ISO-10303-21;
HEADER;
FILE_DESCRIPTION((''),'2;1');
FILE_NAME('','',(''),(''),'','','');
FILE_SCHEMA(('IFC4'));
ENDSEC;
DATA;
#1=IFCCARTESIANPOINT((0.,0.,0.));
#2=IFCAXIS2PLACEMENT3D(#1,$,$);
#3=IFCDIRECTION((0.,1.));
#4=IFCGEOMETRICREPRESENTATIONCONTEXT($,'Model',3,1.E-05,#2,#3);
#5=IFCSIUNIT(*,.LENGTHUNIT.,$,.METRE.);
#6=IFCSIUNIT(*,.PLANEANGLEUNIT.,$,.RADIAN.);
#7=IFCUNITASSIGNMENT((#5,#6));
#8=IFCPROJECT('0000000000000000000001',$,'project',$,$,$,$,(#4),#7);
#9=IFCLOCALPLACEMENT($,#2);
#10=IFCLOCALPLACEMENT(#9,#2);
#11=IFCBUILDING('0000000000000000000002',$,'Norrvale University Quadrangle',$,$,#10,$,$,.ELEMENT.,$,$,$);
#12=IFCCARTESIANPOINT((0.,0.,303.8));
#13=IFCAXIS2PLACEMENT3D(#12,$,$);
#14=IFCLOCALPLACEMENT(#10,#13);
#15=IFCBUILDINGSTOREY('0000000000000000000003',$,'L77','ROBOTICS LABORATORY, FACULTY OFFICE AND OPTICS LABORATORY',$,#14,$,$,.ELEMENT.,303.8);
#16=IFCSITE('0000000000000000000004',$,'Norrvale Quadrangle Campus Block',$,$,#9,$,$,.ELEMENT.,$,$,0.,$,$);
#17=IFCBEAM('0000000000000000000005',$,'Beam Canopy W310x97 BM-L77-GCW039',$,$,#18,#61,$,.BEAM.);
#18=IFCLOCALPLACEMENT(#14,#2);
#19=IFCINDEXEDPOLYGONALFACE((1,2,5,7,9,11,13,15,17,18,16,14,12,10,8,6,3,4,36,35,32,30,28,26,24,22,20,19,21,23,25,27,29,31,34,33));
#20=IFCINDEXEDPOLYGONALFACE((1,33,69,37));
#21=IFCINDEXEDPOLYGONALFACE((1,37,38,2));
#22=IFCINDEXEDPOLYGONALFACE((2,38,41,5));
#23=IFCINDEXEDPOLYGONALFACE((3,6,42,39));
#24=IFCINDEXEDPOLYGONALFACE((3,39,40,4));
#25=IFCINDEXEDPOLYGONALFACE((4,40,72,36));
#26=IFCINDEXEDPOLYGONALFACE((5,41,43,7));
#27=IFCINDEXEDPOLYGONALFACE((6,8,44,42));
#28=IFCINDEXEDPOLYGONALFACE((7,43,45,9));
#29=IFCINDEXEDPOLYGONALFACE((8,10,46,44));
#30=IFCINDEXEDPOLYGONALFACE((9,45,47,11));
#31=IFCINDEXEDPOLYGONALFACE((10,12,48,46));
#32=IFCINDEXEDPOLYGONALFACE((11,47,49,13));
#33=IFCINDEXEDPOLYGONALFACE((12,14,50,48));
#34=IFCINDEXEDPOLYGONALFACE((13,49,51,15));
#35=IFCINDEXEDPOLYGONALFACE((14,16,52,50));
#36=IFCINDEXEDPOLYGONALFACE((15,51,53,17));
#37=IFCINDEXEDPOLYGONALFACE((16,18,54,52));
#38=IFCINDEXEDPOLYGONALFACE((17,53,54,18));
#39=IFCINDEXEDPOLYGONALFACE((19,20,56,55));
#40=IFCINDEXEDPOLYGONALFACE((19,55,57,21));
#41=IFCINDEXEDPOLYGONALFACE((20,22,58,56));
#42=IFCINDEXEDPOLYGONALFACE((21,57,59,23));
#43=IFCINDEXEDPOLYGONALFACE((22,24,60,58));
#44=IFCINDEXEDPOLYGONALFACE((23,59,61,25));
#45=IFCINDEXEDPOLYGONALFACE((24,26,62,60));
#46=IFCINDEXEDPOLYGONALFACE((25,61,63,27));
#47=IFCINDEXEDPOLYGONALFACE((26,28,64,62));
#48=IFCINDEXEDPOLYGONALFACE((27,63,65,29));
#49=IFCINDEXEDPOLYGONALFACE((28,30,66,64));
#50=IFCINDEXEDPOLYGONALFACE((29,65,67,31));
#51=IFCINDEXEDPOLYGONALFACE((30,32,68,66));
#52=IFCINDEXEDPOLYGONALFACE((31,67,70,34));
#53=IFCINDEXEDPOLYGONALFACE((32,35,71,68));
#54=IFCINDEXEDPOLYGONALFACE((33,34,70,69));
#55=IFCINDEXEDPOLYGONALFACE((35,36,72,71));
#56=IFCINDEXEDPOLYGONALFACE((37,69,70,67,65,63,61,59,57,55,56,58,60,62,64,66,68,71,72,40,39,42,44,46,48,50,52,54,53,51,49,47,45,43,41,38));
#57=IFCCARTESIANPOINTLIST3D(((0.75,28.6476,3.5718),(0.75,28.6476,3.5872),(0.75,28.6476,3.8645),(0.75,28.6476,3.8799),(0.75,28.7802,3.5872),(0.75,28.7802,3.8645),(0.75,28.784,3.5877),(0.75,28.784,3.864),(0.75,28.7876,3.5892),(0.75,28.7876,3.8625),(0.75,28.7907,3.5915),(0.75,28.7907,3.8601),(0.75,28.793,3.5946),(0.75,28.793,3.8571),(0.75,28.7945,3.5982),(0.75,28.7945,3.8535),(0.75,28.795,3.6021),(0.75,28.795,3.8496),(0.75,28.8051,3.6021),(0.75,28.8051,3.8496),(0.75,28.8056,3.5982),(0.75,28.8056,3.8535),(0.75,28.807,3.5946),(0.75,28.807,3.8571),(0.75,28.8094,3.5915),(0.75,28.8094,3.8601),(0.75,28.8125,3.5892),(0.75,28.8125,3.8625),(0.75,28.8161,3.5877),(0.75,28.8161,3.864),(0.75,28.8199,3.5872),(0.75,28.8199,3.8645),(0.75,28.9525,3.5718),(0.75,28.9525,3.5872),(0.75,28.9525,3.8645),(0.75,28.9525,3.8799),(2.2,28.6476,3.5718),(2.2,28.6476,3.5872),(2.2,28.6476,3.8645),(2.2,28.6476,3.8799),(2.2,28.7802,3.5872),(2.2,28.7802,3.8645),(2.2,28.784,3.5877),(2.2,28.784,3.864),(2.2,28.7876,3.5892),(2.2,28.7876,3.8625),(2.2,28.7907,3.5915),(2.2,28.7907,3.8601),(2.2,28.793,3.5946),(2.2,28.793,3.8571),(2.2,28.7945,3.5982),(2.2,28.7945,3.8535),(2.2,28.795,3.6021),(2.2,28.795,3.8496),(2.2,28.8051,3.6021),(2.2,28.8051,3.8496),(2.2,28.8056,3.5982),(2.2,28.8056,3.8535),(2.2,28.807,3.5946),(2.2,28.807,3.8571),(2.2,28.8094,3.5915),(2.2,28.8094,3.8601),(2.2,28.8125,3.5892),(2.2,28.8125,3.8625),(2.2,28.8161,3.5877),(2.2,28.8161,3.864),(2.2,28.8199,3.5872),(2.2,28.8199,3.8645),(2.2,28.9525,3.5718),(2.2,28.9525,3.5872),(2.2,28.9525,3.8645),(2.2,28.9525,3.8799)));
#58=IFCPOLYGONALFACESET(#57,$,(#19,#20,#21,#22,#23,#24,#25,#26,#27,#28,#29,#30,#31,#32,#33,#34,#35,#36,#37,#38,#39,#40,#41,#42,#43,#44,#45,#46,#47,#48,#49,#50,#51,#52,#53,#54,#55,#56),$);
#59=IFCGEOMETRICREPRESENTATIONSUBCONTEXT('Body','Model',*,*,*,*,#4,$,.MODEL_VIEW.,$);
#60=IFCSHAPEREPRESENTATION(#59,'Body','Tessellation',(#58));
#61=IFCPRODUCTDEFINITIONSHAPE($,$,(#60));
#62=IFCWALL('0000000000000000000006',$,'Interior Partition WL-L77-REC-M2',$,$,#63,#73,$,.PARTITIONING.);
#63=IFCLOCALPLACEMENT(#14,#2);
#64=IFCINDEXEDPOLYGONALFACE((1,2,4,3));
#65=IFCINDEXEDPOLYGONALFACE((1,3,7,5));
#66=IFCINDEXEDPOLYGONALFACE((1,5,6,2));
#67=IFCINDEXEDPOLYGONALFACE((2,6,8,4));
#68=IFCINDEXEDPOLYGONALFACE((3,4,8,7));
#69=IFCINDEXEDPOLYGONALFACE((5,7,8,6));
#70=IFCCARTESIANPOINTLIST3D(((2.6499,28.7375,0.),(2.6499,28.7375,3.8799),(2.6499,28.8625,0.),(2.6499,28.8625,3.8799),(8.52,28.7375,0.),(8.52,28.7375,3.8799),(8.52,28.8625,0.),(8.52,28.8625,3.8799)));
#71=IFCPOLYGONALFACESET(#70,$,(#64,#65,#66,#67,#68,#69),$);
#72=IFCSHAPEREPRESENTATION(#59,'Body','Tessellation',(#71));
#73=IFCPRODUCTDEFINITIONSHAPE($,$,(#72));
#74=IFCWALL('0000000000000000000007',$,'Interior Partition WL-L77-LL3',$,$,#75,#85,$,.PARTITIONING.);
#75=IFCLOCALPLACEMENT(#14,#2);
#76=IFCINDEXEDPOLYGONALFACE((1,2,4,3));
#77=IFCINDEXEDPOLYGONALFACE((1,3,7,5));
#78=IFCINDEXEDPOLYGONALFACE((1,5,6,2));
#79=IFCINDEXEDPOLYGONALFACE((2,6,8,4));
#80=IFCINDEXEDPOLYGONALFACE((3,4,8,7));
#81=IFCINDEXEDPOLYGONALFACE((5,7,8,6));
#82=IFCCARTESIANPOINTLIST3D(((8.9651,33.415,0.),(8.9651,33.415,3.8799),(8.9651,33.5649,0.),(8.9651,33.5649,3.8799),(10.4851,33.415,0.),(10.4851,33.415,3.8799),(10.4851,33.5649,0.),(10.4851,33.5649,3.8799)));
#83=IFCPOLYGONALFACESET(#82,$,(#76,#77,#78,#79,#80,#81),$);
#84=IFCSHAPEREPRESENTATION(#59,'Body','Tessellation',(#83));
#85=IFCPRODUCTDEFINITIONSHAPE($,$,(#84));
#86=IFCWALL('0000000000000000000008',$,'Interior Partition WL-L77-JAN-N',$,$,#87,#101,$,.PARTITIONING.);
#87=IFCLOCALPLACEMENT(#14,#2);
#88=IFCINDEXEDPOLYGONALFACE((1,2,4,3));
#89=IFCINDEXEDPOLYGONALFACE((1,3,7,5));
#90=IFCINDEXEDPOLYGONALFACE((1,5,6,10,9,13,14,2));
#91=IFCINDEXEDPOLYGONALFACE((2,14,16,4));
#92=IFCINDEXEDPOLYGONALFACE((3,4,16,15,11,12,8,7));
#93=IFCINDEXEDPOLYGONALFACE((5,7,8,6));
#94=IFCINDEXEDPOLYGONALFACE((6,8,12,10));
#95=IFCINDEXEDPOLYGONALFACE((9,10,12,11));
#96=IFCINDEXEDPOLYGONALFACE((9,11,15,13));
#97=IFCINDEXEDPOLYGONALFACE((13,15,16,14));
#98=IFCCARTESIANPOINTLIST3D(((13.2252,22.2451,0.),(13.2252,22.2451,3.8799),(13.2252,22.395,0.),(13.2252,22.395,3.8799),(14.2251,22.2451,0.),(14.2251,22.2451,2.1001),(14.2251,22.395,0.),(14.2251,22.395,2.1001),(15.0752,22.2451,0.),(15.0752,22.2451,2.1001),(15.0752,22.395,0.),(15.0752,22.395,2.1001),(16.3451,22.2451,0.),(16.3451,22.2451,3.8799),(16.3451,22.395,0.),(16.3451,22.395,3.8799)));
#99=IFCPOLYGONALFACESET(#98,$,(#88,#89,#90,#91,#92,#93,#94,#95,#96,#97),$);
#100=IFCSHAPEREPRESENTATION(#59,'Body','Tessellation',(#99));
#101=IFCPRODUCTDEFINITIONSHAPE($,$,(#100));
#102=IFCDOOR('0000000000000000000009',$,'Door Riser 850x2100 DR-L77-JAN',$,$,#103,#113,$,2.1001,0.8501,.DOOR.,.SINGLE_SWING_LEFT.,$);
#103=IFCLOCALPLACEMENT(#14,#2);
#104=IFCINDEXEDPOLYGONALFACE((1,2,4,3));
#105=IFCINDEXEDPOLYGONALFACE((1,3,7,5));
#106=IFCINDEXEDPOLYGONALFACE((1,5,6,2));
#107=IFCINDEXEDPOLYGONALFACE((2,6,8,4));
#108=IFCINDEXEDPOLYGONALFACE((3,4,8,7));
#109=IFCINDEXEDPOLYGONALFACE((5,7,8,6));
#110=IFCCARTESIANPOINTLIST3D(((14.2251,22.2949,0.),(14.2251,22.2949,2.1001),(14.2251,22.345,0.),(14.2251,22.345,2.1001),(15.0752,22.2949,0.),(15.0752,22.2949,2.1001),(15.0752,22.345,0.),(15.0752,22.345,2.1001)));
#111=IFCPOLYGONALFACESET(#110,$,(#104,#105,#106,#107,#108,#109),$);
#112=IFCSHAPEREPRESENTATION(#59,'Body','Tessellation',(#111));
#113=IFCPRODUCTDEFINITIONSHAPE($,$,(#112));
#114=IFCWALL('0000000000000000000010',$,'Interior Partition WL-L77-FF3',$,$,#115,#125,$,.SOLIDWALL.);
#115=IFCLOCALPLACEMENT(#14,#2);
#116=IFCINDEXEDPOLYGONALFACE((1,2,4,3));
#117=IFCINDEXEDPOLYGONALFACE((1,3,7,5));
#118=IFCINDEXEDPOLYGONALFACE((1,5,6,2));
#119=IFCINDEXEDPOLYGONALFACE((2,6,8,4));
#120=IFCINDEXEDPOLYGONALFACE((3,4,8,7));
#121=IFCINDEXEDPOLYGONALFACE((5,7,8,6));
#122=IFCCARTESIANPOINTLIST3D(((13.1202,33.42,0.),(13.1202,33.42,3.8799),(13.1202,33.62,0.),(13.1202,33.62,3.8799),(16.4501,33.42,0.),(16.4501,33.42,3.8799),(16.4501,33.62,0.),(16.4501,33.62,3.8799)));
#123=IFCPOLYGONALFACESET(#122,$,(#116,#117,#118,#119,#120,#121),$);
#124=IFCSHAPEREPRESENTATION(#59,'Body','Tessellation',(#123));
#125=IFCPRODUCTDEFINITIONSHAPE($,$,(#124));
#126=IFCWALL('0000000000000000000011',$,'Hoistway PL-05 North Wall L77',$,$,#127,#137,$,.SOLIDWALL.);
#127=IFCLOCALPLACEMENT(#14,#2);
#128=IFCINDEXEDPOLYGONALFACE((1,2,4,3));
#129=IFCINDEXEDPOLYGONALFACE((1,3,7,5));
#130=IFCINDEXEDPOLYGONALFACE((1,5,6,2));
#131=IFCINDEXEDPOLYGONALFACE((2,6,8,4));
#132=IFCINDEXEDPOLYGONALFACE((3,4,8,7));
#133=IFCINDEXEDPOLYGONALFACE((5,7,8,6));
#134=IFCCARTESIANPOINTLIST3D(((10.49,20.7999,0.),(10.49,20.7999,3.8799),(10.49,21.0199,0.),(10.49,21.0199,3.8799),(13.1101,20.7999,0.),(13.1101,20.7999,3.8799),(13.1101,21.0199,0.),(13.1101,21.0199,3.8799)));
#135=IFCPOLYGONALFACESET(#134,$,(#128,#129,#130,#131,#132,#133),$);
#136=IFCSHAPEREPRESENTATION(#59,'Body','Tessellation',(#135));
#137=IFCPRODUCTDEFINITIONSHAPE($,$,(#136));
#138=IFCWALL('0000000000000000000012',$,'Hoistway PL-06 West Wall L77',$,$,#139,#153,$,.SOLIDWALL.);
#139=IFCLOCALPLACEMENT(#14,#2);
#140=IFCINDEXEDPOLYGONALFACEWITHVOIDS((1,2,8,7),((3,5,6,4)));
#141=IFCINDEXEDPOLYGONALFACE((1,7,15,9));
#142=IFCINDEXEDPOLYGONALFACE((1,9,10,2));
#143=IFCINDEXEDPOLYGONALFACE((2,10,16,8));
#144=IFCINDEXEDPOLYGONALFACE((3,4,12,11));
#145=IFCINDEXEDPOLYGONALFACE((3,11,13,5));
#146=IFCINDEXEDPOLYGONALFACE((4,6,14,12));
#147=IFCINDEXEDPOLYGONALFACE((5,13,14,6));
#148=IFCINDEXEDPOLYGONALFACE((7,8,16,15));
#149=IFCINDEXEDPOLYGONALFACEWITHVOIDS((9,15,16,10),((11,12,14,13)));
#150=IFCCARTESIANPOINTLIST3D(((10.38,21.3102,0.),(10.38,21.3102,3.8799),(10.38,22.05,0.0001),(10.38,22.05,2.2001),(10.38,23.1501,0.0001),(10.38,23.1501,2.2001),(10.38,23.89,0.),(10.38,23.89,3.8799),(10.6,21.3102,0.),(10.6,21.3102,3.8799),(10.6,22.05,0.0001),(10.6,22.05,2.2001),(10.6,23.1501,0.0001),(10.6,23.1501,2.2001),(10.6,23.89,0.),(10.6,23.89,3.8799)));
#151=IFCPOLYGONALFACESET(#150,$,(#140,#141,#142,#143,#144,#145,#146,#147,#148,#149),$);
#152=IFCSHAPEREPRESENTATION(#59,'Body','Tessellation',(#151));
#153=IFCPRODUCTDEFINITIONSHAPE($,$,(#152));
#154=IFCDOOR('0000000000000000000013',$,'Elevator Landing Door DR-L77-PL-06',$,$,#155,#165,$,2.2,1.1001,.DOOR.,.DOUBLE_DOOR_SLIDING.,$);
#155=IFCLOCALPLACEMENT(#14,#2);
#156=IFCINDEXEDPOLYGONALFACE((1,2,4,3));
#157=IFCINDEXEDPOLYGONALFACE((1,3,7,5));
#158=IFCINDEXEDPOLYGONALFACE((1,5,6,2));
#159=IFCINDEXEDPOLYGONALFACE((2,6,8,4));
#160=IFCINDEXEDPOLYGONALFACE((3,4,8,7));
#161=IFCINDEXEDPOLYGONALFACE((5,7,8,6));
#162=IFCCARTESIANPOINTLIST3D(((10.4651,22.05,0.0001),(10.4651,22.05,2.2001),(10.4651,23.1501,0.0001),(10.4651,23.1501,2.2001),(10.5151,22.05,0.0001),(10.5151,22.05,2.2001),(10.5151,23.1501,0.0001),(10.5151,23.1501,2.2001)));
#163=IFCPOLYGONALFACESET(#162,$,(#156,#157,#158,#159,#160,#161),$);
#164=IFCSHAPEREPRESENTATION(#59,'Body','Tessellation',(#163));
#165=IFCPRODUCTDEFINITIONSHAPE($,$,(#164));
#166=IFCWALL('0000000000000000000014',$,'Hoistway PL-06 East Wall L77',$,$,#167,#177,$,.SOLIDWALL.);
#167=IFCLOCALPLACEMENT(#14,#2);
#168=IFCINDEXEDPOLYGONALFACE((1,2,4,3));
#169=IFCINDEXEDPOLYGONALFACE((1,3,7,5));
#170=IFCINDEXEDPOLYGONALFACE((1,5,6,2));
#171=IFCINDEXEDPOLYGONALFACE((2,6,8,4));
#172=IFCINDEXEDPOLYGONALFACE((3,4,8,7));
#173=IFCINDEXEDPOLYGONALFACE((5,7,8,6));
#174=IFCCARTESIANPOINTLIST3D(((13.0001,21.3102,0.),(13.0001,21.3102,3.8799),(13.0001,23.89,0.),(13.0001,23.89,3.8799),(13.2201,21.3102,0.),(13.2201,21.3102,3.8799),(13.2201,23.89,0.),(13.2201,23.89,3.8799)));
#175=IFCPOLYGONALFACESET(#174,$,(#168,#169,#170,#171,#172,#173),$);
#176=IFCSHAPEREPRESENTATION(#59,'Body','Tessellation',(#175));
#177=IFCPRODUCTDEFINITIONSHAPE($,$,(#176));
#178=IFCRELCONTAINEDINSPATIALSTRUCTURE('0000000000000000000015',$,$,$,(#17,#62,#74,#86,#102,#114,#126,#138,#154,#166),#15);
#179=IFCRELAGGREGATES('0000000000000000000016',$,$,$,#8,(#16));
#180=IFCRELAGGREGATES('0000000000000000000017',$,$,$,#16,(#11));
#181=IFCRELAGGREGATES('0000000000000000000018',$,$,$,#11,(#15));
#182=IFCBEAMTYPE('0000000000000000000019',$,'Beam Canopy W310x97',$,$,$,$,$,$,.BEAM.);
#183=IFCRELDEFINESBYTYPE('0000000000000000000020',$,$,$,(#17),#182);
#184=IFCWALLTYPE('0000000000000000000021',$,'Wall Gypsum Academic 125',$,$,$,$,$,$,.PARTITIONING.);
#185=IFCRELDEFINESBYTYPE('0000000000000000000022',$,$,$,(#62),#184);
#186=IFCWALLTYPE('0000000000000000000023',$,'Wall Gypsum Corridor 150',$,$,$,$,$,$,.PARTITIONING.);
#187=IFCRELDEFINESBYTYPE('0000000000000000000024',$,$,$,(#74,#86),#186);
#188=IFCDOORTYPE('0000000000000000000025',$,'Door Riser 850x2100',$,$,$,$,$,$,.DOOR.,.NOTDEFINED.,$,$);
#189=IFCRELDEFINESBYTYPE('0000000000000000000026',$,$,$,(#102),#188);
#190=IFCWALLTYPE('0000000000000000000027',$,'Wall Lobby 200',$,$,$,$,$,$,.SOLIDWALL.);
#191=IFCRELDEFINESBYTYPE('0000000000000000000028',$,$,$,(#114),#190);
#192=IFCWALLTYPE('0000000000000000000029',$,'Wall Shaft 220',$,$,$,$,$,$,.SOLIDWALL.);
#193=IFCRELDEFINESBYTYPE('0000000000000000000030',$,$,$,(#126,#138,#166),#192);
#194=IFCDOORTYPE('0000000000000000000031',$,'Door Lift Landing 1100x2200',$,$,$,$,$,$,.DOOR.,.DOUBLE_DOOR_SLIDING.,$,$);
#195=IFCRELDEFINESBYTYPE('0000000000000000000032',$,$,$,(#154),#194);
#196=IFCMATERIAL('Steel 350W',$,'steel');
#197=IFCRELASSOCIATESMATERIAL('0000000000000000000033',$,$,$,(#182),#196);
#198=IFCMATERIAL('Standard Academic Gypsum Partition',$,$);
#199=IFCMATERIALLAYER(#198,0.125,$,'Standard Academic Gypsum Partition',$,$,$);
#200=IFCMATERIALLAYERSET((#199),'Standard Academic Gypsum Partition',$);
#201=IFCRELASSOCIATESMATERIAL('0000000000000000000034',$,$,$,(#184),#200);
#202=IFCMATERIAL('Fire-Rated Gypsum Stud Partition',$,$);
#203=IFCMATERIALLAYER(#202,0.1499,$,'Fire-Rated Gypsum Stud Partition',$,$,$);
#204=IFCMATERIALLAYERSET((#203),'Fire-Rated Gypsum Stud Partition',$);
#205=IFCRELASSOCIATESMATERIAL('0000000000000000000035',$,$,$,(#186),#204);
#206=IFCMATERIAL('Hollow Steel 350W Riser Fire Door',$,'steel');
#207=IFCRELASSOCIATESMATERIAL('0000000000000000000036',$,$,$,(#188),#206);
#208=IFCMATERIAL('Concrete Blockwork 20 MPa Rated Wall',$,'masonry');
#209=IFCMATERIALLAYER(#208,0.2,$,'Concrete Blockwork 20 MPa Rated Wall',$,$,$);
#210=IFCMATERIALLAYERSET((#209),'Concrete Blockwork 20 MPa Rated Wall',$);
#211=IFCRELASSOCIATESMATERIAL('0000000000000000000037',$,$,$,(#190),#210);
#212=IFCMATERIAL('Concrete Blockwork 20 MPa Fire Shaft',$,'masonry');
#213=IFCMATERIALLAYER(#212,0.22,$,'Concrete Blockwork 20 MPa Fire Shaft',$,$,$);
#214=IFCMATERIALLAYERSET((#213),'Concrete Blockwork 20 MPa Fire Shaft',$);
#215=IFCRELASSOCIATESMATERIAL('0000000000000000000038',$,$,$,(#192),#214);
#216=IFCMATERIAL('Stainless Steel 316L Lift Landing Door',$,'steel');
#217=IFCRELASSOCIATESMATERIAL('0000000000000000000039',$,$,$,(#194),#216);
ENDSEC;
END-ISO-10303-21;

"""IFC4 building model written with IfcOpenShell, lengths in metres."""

from ifc_helpers import new_model, si_unit, direction, frame, frame_2d, origin, origin_2d, place, context, subcontext, project, spatial, rectangle, i_section, extrude, material, layer, layer_set, material_profile, profile_set, type_object, element, fill, save


model = new_model("IFC4")

# Units and contexts
model_context = context("Model", 3, precision=1e-05, world=origin(), true_north=direction((0.0, 1.0)))
body_context = subcontext(model_context, "Body", "Model", "MODEL_VIEW")
ifc_project = project(units=[si_unit("LENGTHUNIT", "METRE"), si_unit("PLANEANGLEUNIT", "RADIAN")], contexts=[model_context])

# Site, building, storey
site_placement = place(None, origin())
site = spatial("IfcSite", under=ifc_project, at=site_placement, Name="Norrvale Quadrangle Campus Block", CompositionType="ELEMENT", RefElevation=0.0)
building_placement = place(site_placement, origin())
building = spatial("IfcBuilding", under=site, at=building_placement, Name="Norrvale University Quadrangle", CompositionType="ELEMENT")
storey_placement = place(building_placement, frame((0.0, 0.0, 303.8)))
storey = spatial("IfcBuildingStorey", under=building, at=storey_placement, Name="L77", Description="ROBOTICS LABORATORY, FACULTY OFFICE AND OPTICS LABORATORY", CompositionType="ELEMENT", Elevation=303.8)

# Beam
ifc_material_1 = material(Name="Steel 350W", Category="steel")
ifc_material_profile_1 = material_profile(ifc_material_1, i_section(OverallWidth=0.3049, OverallDepth=0.3081, WebThickness=0.01, FlangeThickness=0.0154, FilletRadius=0.0149, at=origin_2d()), Name="Steel 350W")
ifc_profile_set_1 = profile_set([ifc_material_profile_1], Name="Steel 350W")
beam_type = type_object("IfcBeamType", Name="Beam Canopy W310x97", PredefinedType="BEAM", material=ifc_profile_set_1)
for number, where, z_axis, x_axis, name in (
    (1, (0.75, 28.8, 3.7258), (1.0, 0.0, 0.0), (0.0, 1.0, 0.0), "Beam Canopy W310x97 BM-L77-GCW039"),
):
    element("IfcBeam", number, at=place(storey_placement, frame(where, z_axis=z_axis, x_axis=x_axis)), inside=storey, type_object=beam_type, Name=name, PredefinedType="BEAM", context=body_context, shape_type="SweptSolid", body=[
        extrude(i_section(OverallWidth=0.3049, OverallDepth=0.3081, WebThickness=0.01, FlangeThickness=0.0154, FilletRadius=0.0149, at=origin_2d()), origin(), (0.0, 0.0, 1.0), 1.45),
    ])

# Walls
ifc_material_2 = material(Name="Standard Academic Gypsum Partition")
ifc_layer_1 = layer(ifc_material_2, 0.125, Name="Standard Academic Gypsum Partition")
ifc_layer_set_1 = layer_set([ifc_layer_1], Name="Standard Academic Gypsum Partition")
wall_type_1 = type_object("IfcWallType", Name="Wall Gypsum Academic 125", PredefinedType="PARTITIONING", material=ifc_layer_set_1)
wall_1_placement = place(storey_placement, frame((2.6499, 28.8, 0.0), z_axis=(0.0, 0.0, 1.0), x_axis=(1.0, 0.0, 0.0)))
element("IfcWall", 2, at=wall_1_placement, inside=storey, type_object=wall_type_1, Name="Interior Partition WL-L77-REC-M2", PredefinedType="PARTITIONING", context=body_context, shape_type="SweptSolid", body=[
    extrude(rectangle(XDim=5.8701, YDim=0.125, at=frame_2d((2.9351, 0.0))), origin(), (0.0, 0.0, 1.0), 3.8799),
])
ifc_material_3 = material(Name="Fire-Rated Gypsum Stud Partition")
ifc_layer_2 = layer(ifc_material_3, 0.1499, Name="Fire-Rated Gypsum Stud Partition")
ifc_layer_set_2 = layer_set([ifc_layer_2], Name="Fire-Rated Gypsum Stud Partition")
wall_type_2 = type_object("IfcWallType", Name="Wall Gypsum Corridor 150", PredefinedType="PARTITIONING", material=ifc_layer_set_2)
wall_2_placement = place(storey_placement, frame((8.9651, 33.49, 0.0), z_axis=(0.0, 0.0, 1.0), x_axis=(1.0, 0.0, 0.0)))
element("IfcWall", 3, at=wall_2_placement, inside=storey, type_object=wall_type_2, Name="Interior Partition WL-L77-LL3", PredefinedType="PARTITIONING", context=body_context, shape_type="SweptSolid", body=[
    extrude(rectangle(XDim=1.52, YDim=0.1499, at=frame_2d((0.76, 0.0))), origin(), (0.0, 0.0, 1.0), 3.8799),
])

# Wall, opening, door
wall_3_placement = place(storey_placement, frame((13.2251, 22.3201, 0.0), z_axis=(0.0, 0.0, 1.0), x_axis=(1.0, 0.0, 0.0)))
wall_3 = element("IfcWall", 4, at=wall_3_placement, inside=storey, type_object=wall_type_2, Name="Interior Partition WL-L77-JAN-N", PredefinedType="PARTITIONING", context=body_context, shape_type="SweptSolid", body=[
    extrude(rectangle(XDim=3.1199, YDim=0.1499, at=frame_2d((1.5601, 0.0))), origin(), (0.0, 0.0, 1.0), 3.8799),
])
opening_1_placement = place(wall_3_placement, frame((1.0, 0.0, 0.0)))
opening_1 = element("IfcOpeningElement", 5, at=opening_1_placement, cuts=wall_3, PredefinedType="OPENING", context=body_context, shape_type="SweptSolid", body=[
    extrude(rectangle(XDim=0.8501, YDim=2.1001, at=frame_2d((0.425, 1.05))), frame((0.0, 0.0869, 0.0), z_axis=(0.0, -1.0, 0.0), x_axis=(1.0, 0.0, 0.0)), (0.0, 0.0, 1.0), 0.1738),
])
ifc_material_4 = material(Name="Hollow Steel 350W Riser Fire Door", Category="steel")
door_type_1 = type_object("IfcDoorType", Name="Door Riser 850x2100", OperationType="NOTDEFINED", PredefinedType="DOOR", material=ifc_material_4)
door_1_placement = place(opening_1_placement, origin())
door_1 = element("IfcDoor", 6, at=door_1_placement, inside=storey, type_object=door_type_1, Name="Door Riser 850x2100 DR-L77-JAN", OperationType="SINGLE_SWING_LEFT", OverallHeight=2.1001, OverallWidth=0.8501, PredefinedType="DOOR", context=body_context, shape_type="SweptSolid", body=[
    extrude(rectangle(XDim=0.8501, YDim=2.1001, at=frame_2d((0.425, 1.05))), frame((0.0, 0.0249, 0.0), z_axis=(0.0, -1.0, 0.0), x_axis=(1.0, 0.0, 0.0)), (0.0, 0.0, 1.0), 0.05),
])
fill(opening_1, door_1)

# Walls
ifc_material_5 = material(Name="Concrete Blockwork 20 MPa Rated Wall", Category="masonry")
ifc_layer_3 = layer(ifc_material_5, 0.2, Name="Concrete Blockwork 20 MPa Rated Wall")
ifc_layer_set_3 = layer_set([ifc_layer_3], Name="Concrete Blockwork 20 MPa Rated Wall")
wall_type_3 = type_object("IfcWallType", Name="Wall Lobby 200", PredefinedType="SOLIDWALL", material=ifc_layer_set_3)
wall_4_placement = place(storey_placement, frame((13.1201, 33.52, 0.0), z_axis=(0.0, 0.0, 1.0), x_axis=(1.0, 0.0, 0.0)))
element("IfcWall", 7, at=wall_4_placement, inside=storey, type_object=wall_type_3, Name="Interior Partition WL-L77-FF3", PredefinedType="SOLIDWALL", context=body_context, shape_type="SweptSolid", body=[
    extrude(rectangle(XDim=3.3298, YDim=0.2, at=frame_2d((1.665, 0.0))), origin(), (0.0, 0.0, 1.0), 3.8799),
])
ifc_material_6 = material(Name="Concrete Blockwork 20 MPa Fire Shaft", Category="masonry")
ifc_layer_4 = layer(ifc_material_6, 0.22, Name="Concrete Blockwork 20 MPa Fire Shaft")
ifc_layer_set_4 = layer_set([ifc_layer_4], Name="Concrete Blockwork 20 MPa Fire Shaft")
wall_type_4 = type_object("IfcWallType", Name="Wall Shaft 220", PredefinedType="SOLIDWALL", material=ifc_layer_set_4)
wall_5_placement = place(storey_placement, frame((10.49, 20.9099, 0.0), z_axis=(0.0, 0.0, 1.0), x_axis=(1.0, 0.0, 0.0)))
element("IfcWall", 8, at=wall_5_placement, inside=storey, type_object=wall_type_4, Name="Hoistway PL-05 North Wall L77", PredefinedType="SOLIDWALL", context=body_context, shape_type="SweptSolid", body=[
    extrude(rectangle(XDim=2.6201, YDim=0.22, at=frame_2d((1.3101, 0.0))), origin(), (0.0, 0.0, 1.0), 3.8799),
])

# Wall, opening, door
wall_6_placement = place(storey_placement, frame((10.49, 21.3101, 0.0), z_axis=(0.0, 0.0, 1.0), x_axis=(0.0, 1.0, 0.0)))
wall_6 = element("IfcWall", 9, at=wall_6_placement, inside=storey, type_object=wall_type_4, Name="Hoistway PL-06 West Wall L77", PredefinedType="SOLIDWALL", context=body_context, shape_type="SweptSolid", body=[
    extrude(rectangle(XDim=2.5798, YDim=0.22, at=frame_2d((1.29, 0.0))), origin(), (0.0, 0.0, 1.0), 3.8799),
])
opening_2_placement = place(wall_6_placement, frame((0.74, 0.0, 0.0)))
opening_2 = element("IfcOpeningElement", 10, at=opening_2_placement, cuts=wall_6, PredefinedType="OPENING", context=body_context, shape_type="SweptSolid", body=[
    extrude(rectangle(XDim=1.1001, YDim=2.2, at=frame_2d((0.55, 1.1001))), frame((0.0, 0.1221, 0.0), z_axis=(0.0, -1.0, 0.0), x_axis=(1.0, 0.0, 0.0)), (0.0, 0.0, 1.0), 0.2439),
])
ifc_material_7 = material(Name="Stainless Steel 316L Lift Landing Door", Category="steel")
door_type_2 = type_object("IfcDoorType", Name="Door Lift Landing 1100x2200", OperationType="DOUBLE_DOOR_SLIDING", PredefinedType="DOOR", material=ifc_material_7)
door_2_placement = place(opening_2_placement, origin())
door_2 = element("IfcDoor", 11, at=door_2_placement, inside=storey, type_object=door_type_2, Name="Elevator Landing Door DR-L77-PL-06", OperationType="DOUBLE_DOOR_SLIDING", OverallHeight=2.2, OverallWidth=1.1001, PredefinedType="DOOR", context=body_context, shape_type="SweptSolid", body=[
    extrude(rectangle(XDim=1.1001, YDim=2.2, at=frame_2d((0.55, 1.1001))), frame((0.0, 0.0249, 0.0), z_axis=(0.0, -1.0, 0.0), x_axis=(1.0, 0.0, 0.0)), (0.0, 0.0, 1.0), 0.05),
])
fill(opening_2, door_2)

# Wall
wall_7_placement = place(storey_placement, frame((13.1101, 21.3101, 0.0), z_axis=(0.0, 0.0, 1.0), x_axis=(0.0, 1.0, 0.0)))
element("IfcWall", 12, at=wall_7_placement, inside=storey, type_object=wall_type_4, Name="Hoistway PL-06 East Wall L77", PredefinedType="SOLIDWALL", context=body_context, shape_type="SweptSolid", body=[
    extrude(rectangle(XDim=2.5798, YDim=0.22, at=frame_2d((1.29, 0.0))), origin(), (0.0, 0.0, 1.0), 3.8799),
])

save(model, "model.ifc")
